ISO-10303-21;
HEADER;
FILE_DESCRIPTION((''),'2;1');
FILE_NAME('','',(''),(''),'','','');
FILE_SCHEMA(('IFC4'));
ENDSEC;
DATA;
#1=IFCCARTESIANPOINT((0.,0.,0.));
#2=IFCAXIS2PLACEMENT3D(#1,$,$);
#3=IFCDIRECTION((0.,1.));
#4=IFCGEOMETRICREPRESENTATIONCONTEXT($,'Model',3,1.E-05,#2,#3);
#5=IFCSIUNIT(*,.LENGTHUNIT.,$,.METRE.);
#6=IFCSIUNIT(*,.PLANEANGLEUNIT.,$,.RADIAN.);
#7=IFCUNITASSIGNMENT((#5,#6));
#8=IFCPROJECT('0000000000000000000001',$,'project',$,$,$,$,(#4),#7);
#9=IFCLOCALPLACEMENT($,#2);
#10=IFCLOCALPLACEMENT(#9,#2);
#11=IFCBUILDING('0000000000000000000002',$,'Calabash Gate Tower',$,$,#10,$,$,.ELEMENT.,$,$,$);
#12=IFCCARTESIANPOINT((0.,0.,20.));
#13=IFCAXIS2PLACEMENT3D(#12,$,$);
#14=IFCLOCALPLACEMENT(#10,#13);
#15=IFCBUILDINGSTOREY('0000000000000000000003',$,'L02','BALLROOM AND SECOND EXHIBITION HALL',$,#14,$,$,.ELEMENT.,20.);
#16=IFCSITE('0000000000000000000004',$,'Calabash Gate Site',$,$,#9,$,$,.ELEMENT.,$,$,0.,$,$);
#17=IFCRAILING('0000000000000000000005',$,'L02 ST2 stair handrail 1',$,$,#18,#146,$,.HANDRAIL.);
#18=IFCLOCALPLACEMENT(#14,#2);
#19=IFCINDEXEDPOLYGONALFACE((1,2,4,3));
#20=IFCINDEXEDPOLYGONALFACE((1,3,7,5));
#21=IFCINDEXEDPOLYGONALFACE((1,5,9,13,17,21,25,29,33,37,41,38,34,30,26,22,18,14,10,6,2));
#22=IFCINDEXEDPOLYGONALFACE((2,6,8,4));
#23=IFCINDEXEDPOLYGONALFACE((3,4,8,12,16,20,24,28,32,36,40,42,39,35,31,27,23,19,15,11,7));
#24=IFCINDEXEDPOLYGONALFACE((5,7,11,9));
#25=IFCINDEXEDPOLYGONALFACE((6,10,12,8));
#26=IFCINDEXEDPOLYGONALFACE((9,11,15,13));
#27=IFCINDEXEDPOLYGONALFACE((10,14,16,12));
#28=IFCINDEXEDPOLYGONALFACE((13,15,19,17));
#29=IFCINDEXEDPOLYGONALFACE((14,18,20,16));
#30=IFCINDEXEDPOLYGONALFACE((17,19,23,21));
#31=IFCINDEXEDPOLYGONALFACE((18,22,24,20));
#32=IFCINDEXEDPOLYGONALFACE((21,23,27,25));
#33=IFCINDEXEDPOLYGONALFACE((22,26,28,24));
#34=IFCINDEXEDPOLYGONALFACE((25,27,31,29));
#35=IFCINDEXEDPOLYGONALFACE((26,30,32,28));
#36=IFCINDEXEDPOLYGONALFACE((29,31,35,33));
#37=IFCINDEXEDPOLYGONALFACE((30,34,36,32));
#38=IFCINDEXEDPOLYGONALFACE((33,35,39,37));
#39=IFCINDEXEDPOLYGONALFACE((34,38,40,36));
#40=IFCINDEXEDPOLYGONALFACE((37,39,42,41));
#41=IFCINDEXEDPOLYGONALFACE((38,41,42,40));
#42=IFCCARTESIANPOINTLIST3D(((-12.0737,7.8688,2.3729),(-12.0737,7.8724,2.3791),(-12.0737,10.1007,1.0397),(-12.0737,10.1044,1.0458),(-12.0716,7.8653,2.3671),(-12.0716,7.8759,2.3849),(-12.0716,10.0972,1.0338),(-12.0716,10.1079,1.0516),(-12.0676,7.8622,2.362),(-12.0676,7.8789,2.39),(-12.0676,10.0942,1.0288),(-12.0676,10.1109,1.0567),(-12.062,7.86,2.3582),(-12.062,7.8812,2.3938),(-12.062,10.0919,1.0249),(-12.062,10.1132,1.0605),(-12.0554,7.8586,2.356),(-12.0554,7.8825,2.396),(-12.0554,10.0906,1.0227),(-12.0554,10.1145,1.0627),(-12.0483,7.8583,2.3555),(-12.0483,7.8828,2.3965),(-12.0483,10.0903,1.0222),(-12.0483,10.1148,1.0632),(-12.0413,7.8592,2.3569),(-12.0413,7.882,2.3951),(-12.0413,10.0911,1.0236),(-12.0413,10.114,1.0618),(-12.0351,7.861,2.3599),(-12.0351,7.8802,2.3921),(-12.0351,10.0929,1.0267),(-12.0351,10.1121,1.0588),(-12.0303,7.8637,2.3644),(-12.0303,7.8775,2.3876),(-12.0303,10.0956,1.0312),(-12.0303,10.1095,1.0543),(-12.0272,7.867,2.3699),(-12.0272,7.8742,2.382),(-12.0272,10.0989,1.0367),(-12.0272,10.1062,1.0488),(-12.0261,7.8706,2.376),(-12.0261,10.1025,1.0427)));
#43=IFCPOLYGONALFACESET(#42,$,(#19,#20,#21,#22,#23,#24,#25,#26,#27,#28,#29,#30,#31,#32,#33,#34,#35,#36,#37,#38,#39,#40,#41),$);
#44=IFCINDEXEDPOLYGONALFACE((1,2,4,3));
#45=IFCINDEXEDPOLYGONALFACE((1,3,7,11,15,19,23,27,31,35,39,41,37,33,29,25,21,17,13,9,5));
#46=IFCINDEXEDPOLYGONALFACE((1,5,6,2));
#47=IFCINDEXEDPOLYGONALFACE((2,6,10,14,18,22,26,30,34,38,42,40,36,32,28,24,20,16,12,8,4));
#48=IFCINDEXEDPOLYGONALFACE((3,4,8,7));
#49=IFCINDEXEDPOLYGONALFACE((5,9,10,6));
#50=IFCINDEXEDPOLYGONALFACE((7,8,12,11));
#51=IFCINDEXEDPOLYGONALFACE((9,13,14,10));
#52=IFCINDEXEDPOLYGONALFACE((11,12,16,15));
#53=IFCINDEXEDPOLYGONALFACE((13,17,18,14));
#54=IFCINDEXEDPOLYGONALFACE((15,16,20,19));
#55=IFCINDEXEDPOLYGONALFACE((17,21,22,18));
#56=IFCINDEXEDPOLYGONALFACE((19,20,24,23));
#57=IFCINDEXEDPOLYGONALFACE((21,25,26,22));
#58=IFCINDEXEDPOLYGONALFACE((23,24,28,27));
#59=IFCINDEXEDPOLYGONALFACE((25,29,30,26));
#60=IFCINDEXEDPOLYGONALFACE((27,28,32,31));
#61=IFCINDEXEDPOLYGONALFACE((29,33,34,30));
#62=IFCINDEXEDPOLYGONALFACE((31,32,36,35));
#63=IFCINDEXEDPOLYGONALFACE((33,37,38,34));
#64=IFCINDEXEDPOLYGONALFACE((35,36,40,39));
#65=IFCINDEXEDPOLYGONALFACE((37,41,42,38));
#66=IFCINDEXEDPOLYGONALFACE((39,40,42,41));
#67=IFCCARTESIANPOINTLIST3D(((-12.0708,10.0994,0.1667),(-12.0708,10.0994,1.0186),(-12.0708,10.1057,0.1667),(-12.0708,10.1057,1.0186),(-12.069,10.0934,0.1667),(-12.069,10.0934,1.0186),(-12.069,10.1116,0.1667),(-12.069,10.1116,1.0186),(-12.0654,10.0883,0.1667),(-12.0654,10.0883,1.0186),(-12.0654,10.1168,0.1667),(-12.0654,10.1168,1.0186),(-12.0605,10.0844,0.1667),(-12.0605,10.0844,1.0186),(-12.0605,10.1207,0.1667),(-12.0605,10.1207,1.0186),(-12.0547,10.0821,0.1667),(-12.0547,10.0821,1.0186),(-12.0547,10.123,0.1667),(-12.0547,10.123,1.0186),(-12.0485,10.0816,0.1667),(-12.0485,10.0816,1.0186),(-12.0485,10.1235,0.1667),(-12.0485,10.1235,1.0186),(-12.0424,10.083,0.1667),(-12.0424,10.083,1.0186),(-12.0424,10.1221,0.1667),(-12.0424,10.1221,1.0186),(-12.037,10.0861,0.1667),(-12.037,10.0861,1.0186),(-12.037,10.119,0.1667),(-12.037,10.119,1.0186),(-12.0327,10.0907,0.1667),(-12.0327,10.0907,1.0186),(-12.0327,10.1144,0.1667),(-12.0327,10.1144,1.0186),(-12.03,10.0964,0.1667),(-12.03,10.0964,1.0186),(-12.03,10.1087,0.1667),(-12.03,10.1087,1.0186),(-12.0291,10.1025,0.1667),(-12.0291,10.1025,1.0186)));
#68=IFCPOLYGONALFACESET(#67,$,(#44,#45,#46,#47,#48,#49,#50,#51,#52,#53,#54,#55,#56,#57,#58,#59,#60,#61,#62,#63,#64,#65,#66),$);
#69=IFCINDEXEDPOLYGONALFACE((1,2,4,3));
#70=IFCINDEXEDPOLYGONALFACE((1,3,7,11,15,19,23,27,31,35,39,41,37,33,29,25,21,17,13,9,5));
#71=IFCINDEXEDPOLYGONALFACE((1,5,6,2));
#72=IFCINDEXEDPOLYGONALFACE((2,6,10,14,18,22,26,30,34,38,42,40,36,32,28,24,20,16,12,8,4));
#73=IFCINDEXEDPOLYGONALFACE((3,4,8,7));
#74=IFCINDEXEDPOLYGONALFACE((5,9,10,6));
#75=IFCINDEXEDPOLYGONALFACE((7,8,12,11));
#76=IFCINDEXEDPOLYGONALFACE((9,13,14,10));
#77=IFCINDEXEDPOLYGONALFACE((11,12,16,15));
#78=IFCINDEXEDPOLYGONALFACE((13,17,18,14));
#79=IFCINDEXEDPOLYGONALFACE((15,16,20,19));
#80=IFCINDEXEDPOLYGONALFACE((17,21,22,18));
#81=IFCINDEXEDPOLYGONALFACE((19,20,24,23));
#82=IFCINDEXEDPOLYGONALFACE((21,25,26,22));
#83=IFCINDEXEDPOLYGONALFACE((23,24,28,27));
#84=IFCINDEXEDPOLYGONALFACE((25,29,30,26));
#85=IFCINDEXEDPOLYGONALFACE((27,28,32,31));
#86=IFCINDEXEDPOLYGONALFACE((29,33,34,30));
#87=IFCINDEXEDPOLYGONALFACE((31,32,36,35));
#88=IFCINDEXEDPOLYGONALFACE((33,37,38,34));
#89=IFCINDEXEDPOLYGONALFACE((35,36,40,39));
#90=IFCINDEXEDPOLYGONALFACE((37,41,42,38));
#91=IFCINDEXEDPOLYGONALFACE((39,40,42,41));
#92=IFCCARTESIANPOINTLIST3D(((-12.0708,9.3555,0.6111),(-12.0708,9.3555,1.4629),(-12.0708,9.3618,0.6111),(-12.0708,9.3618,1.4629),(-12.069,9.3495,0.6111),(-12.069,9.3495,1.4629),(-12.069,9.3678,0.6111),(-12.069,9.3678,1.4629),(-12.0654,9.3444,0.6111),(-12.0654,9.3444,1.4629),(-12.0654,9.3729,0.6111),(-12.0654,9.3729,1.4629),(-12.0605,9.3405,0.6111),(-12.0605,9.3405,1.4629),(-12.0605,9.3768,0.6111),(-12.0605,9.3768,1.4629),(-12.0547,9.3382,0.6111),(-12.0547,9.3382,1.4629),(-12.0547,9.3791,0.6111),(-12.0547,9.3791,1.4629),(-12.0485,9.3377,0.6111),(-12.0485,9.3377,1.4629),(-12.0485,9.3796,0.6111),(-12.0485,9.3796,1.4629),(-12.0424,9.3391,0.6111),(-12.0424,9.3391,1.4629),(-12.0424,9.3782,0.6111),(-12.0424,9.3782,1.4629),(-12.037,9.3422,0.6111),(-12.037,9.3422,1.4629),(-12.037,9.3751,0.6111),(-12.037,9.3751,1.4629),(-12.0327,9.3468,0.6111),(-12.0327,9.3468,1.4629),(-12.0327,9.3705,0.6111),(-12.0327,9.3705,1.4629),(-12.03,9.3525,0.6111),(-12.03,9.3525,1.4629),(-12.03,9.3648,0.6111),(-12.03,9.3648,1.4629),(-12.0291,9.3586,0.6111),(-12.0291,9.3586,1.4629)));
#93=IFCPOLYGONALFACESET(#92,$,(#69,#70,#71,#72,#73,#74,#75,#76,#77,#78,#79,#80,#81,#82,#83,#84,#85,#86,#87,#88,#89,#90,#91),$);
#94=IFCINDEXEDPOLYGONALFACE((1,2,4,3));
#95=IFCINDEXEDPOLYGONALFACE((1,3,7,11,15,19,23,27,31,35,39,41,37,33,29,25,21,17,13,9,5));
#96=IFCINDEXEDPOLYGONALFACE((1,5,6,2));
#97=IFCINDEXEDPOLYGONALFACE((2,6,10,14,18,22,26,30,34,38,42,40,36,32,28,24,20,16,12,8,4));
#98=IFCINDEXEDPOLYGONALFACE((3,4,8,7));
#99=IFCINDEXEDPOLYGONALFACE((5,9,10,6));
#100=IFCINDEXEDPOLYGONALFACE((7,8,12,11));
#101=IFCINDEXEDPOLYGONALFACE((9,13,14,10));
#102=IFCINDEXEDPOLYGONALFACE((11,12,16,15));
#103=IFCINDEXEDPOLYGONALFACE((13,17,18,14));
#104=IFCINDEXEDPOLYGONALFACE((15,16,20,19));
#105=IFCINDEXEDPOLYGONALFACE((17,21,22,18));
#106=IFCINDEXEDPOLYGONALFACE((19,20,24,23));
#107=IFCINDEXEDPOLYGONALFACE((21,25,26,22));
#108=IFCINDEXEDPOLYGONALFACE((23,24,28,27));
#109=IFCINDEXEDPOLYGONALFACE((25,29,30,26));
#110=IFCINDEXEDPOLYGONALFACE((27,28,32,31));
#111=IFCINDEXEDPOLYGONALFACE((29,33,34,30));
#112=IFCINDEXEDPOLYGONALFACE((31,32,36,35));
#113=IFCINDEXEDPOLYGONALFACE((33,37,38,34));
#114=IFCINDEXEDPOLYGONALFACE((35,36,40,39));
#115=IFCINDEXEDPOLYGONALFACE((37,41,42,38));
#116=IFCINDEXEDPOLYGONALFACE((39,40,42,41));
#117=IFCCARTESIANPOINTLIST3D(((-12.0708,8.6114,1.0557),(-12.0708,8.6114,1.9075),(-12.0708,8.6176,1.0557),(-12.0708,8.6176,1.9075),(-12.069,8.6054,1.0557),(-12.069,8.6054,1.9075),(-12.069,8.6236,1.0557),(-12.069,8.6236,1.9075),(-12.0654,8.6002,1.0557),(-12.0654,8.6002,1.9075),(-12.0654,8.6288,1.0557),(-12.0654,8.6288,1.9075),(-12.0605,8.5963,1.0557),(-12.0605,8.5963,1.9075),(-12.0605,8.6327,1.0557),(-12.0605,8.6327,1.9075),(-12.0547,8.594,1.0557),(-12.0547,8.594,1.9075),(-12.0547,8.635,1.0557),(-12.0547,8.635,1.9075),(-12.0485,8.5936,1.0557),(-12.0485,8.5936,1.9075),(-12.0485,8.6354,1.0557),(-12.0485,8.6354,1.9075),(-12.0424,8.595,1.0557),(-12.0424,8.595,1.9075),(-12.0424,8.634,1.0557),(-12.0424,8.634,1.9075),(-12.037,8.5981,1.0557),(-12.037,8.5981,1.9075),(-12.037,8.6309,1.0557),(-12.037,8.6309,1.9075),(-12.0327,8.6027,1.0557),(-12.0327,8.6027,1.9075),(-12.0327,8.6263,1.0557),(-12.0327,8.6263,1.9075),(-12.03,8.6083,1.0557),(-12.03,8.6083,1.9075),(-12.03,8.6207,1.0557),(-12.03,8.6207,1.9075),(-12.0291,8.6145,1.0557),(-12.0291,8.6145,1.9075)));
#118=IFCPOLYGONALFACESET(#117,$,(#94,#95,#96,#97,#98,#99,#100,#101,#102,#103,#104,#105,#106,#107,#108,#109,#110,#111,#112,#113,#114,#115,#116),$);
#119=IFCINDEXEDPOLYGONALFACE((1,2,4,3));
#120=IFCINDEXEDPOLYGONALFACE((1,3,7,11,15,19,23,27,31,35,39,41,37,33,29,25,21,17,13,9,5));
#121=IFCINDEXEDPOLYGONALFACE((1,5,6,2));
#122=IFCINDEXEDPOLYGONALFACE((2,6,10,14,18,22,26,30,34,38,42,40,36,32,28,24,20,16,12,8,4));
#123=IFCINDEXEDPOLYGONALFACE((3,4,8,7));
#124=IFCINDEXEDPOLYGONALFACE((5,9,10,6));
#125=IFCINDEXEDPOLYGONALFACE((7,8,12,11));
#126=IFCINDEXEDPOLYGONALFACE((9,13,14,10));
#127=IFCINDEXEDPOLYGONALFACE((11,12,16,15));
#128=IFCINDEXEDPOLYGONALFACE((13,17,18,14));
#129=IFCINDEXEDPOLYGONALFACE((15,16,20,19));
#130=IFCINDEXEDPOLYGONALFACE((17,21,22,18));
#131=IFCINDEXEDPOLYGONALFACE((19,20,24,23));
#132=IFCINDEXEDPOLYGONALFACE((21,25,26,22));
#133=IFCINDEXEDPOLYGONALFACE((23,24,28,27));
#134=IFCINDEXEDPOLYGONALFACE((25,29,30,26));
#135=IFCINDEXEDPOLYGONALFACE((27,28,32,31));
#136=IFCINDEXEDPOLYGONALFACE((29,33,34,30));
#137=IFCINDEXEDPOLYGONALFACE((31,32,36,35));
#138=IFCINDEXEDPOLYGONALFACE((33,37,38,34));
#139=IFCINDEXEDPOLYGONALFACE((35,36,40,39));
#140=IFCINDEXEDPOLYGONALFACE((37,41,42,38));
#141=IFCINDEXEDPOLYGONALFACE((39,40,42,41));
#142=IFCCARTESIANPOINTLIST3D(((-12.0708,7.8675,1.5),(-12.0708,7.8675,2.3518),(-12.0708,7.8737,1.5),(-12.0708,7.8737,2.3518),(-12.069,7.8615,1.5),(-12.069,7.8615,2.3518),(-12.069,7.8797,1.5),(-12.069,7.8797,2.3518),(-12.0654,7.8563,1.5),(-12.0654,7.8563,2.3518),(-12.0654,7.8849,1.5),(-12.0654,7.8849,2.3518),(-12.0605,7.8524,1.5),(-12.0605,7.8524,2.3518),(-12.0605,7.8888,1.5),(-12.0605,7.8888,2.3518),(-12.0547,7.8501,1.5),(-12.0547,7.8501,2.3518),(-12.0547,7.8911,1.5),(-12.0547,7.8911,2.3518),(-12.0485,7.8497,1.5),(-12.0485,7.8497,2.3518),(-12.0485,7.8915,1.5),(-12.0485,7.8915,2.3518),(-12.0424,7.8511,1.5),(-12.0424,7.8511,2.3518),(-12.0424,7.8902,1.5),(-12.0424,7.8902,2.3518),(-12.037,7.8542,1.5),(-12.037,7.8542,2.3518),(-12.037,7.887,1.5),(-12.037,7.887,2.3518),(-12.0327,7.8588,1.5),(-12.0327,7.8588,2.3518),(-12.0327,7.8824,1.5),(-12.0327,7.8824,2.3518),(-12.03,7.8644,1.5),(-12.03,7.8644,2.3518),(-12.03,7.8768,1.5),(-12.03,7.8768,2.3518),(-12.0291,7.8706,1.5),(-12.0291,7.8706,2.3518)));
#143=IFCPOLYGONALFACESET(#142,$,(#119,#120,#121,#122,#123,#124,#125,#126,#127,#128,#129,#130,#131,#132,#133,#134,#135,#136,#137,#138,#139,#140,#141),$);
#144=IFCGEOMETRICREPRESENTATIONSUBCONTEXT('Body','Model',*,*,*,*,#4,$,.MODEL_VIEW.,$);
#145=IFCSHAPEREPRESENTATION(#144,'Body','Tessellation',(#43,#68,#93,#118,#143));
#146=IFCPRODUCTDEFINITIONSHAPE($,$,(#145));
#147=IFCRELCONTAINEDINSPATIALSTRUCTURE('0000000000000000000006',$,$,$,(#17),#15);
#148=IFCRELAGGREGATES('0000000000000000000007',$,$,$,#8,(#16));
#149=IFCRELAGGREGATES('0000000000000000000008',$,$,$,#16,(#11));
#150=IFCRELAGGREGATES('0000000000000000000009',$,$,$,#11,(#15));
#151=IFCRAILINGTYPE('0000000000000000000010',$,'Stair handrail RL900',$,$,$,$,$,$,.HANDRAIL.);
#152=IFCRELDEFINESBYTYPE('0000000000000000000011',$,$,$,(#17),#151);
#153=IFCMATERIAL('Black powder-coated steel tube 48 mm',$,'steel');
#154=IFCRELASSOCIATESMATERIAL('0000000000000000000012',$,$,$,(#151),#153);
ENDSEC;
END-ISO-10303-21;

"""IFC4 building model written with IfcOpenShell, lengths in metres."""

from ifc_helpers import new_model, si_unit, direction, frame, origin, origin_2d, place, context, subcontext, project, spatial, circle, extrude, material, type_object, element, save


model = new_model("IFC4")

# Units and contexts
model_context = context("Model", 3, precision=1e-05, world=origin(), true_north=direction((0.0, 1.0)))
body_context = subcontext(model_context, "Body", "Model", "MODEL_VIEW")
ifc_project = project(units=[si_unit("LENGTHUNIT", "METRE"), si_unit("PLANEANGLEUNIT", "RADIAN")], contexts=[model_context])

# Site, building, storey
site_placement = place(None, origin())
site = spatial("IfcSite", under=ifc_project, at=site_placement, Name="Calabash Gate Site", CompositionType="ELEMENT", RefElevation=0.0)
building_placement = place(site_placement, origin())
building = spatial("IfcBuilding", under=site, at=building_placement, Name="Calabash Gate Tower", CompositionType="ELEMENT")
storey_placement = place(building_placement, frame((0.0, 0.0, 20.0)))
storey = spatial("IfcBuildingStorey", under=building, at=storey_placement, Name="L02", Description="BALLROOM AND SECOND EXHIBITION HALL", CompositionType="ELEMENT", Elevation=20.0)

# Railing
ifc_material_1 = material(Name="Black powder-coated steel tube 48 mm", Category="steel")
railing_type_1 = type_object("IfcRailingType", Name="Stair handrail RL900", PredefinedType="HANDRAIL", material=ifc_material_1)
railing_1_placement = place(storey_placement, frame((-12.05, 10.1025, 0.1667)))
element("IfcRailing", 1, at=railing_1_placement, inside=storey, type_object=railing_type_1, Name="L02 ST2 stair handrail 1", PredefinedType="HANDRAIL", context=body_context, shape_type="SweptSolid", body=[
    extrude(circle(Radius=0.0239, at=origin_2d()), frame((0.0, 0.0, 0.876), z_axis=(0.0, -0.858494, 0.512824), x_axis=(1.0, 0.0, 0.0)), (0.0, 0.0, 1.0), 2.5999),
    extrude(circle(Radius=0.021, at=origin_2d()), origin(), (0.0, 0.0, 1.0), 0.8518),
    extrude(circle(Radius=0.021, at=origin_2d()), frame((0.0, -0.7439, 0.4443)), (0.0, 0.0, 1.0), 0.8518),
    extrude(circle(Radius=0.021, at=origin_2d()), frame((0.0, -1.488, 0.8889)), (0.0, 0.0, 1.0), 0.8518),
    extrude(circle(Radius=0.021, at=origin_2d()), frame((0.0, -2.2319, 1.3333)), (0.0, 0.0, 1.0), 0.8518),
])

save(model, "model.ifc")
